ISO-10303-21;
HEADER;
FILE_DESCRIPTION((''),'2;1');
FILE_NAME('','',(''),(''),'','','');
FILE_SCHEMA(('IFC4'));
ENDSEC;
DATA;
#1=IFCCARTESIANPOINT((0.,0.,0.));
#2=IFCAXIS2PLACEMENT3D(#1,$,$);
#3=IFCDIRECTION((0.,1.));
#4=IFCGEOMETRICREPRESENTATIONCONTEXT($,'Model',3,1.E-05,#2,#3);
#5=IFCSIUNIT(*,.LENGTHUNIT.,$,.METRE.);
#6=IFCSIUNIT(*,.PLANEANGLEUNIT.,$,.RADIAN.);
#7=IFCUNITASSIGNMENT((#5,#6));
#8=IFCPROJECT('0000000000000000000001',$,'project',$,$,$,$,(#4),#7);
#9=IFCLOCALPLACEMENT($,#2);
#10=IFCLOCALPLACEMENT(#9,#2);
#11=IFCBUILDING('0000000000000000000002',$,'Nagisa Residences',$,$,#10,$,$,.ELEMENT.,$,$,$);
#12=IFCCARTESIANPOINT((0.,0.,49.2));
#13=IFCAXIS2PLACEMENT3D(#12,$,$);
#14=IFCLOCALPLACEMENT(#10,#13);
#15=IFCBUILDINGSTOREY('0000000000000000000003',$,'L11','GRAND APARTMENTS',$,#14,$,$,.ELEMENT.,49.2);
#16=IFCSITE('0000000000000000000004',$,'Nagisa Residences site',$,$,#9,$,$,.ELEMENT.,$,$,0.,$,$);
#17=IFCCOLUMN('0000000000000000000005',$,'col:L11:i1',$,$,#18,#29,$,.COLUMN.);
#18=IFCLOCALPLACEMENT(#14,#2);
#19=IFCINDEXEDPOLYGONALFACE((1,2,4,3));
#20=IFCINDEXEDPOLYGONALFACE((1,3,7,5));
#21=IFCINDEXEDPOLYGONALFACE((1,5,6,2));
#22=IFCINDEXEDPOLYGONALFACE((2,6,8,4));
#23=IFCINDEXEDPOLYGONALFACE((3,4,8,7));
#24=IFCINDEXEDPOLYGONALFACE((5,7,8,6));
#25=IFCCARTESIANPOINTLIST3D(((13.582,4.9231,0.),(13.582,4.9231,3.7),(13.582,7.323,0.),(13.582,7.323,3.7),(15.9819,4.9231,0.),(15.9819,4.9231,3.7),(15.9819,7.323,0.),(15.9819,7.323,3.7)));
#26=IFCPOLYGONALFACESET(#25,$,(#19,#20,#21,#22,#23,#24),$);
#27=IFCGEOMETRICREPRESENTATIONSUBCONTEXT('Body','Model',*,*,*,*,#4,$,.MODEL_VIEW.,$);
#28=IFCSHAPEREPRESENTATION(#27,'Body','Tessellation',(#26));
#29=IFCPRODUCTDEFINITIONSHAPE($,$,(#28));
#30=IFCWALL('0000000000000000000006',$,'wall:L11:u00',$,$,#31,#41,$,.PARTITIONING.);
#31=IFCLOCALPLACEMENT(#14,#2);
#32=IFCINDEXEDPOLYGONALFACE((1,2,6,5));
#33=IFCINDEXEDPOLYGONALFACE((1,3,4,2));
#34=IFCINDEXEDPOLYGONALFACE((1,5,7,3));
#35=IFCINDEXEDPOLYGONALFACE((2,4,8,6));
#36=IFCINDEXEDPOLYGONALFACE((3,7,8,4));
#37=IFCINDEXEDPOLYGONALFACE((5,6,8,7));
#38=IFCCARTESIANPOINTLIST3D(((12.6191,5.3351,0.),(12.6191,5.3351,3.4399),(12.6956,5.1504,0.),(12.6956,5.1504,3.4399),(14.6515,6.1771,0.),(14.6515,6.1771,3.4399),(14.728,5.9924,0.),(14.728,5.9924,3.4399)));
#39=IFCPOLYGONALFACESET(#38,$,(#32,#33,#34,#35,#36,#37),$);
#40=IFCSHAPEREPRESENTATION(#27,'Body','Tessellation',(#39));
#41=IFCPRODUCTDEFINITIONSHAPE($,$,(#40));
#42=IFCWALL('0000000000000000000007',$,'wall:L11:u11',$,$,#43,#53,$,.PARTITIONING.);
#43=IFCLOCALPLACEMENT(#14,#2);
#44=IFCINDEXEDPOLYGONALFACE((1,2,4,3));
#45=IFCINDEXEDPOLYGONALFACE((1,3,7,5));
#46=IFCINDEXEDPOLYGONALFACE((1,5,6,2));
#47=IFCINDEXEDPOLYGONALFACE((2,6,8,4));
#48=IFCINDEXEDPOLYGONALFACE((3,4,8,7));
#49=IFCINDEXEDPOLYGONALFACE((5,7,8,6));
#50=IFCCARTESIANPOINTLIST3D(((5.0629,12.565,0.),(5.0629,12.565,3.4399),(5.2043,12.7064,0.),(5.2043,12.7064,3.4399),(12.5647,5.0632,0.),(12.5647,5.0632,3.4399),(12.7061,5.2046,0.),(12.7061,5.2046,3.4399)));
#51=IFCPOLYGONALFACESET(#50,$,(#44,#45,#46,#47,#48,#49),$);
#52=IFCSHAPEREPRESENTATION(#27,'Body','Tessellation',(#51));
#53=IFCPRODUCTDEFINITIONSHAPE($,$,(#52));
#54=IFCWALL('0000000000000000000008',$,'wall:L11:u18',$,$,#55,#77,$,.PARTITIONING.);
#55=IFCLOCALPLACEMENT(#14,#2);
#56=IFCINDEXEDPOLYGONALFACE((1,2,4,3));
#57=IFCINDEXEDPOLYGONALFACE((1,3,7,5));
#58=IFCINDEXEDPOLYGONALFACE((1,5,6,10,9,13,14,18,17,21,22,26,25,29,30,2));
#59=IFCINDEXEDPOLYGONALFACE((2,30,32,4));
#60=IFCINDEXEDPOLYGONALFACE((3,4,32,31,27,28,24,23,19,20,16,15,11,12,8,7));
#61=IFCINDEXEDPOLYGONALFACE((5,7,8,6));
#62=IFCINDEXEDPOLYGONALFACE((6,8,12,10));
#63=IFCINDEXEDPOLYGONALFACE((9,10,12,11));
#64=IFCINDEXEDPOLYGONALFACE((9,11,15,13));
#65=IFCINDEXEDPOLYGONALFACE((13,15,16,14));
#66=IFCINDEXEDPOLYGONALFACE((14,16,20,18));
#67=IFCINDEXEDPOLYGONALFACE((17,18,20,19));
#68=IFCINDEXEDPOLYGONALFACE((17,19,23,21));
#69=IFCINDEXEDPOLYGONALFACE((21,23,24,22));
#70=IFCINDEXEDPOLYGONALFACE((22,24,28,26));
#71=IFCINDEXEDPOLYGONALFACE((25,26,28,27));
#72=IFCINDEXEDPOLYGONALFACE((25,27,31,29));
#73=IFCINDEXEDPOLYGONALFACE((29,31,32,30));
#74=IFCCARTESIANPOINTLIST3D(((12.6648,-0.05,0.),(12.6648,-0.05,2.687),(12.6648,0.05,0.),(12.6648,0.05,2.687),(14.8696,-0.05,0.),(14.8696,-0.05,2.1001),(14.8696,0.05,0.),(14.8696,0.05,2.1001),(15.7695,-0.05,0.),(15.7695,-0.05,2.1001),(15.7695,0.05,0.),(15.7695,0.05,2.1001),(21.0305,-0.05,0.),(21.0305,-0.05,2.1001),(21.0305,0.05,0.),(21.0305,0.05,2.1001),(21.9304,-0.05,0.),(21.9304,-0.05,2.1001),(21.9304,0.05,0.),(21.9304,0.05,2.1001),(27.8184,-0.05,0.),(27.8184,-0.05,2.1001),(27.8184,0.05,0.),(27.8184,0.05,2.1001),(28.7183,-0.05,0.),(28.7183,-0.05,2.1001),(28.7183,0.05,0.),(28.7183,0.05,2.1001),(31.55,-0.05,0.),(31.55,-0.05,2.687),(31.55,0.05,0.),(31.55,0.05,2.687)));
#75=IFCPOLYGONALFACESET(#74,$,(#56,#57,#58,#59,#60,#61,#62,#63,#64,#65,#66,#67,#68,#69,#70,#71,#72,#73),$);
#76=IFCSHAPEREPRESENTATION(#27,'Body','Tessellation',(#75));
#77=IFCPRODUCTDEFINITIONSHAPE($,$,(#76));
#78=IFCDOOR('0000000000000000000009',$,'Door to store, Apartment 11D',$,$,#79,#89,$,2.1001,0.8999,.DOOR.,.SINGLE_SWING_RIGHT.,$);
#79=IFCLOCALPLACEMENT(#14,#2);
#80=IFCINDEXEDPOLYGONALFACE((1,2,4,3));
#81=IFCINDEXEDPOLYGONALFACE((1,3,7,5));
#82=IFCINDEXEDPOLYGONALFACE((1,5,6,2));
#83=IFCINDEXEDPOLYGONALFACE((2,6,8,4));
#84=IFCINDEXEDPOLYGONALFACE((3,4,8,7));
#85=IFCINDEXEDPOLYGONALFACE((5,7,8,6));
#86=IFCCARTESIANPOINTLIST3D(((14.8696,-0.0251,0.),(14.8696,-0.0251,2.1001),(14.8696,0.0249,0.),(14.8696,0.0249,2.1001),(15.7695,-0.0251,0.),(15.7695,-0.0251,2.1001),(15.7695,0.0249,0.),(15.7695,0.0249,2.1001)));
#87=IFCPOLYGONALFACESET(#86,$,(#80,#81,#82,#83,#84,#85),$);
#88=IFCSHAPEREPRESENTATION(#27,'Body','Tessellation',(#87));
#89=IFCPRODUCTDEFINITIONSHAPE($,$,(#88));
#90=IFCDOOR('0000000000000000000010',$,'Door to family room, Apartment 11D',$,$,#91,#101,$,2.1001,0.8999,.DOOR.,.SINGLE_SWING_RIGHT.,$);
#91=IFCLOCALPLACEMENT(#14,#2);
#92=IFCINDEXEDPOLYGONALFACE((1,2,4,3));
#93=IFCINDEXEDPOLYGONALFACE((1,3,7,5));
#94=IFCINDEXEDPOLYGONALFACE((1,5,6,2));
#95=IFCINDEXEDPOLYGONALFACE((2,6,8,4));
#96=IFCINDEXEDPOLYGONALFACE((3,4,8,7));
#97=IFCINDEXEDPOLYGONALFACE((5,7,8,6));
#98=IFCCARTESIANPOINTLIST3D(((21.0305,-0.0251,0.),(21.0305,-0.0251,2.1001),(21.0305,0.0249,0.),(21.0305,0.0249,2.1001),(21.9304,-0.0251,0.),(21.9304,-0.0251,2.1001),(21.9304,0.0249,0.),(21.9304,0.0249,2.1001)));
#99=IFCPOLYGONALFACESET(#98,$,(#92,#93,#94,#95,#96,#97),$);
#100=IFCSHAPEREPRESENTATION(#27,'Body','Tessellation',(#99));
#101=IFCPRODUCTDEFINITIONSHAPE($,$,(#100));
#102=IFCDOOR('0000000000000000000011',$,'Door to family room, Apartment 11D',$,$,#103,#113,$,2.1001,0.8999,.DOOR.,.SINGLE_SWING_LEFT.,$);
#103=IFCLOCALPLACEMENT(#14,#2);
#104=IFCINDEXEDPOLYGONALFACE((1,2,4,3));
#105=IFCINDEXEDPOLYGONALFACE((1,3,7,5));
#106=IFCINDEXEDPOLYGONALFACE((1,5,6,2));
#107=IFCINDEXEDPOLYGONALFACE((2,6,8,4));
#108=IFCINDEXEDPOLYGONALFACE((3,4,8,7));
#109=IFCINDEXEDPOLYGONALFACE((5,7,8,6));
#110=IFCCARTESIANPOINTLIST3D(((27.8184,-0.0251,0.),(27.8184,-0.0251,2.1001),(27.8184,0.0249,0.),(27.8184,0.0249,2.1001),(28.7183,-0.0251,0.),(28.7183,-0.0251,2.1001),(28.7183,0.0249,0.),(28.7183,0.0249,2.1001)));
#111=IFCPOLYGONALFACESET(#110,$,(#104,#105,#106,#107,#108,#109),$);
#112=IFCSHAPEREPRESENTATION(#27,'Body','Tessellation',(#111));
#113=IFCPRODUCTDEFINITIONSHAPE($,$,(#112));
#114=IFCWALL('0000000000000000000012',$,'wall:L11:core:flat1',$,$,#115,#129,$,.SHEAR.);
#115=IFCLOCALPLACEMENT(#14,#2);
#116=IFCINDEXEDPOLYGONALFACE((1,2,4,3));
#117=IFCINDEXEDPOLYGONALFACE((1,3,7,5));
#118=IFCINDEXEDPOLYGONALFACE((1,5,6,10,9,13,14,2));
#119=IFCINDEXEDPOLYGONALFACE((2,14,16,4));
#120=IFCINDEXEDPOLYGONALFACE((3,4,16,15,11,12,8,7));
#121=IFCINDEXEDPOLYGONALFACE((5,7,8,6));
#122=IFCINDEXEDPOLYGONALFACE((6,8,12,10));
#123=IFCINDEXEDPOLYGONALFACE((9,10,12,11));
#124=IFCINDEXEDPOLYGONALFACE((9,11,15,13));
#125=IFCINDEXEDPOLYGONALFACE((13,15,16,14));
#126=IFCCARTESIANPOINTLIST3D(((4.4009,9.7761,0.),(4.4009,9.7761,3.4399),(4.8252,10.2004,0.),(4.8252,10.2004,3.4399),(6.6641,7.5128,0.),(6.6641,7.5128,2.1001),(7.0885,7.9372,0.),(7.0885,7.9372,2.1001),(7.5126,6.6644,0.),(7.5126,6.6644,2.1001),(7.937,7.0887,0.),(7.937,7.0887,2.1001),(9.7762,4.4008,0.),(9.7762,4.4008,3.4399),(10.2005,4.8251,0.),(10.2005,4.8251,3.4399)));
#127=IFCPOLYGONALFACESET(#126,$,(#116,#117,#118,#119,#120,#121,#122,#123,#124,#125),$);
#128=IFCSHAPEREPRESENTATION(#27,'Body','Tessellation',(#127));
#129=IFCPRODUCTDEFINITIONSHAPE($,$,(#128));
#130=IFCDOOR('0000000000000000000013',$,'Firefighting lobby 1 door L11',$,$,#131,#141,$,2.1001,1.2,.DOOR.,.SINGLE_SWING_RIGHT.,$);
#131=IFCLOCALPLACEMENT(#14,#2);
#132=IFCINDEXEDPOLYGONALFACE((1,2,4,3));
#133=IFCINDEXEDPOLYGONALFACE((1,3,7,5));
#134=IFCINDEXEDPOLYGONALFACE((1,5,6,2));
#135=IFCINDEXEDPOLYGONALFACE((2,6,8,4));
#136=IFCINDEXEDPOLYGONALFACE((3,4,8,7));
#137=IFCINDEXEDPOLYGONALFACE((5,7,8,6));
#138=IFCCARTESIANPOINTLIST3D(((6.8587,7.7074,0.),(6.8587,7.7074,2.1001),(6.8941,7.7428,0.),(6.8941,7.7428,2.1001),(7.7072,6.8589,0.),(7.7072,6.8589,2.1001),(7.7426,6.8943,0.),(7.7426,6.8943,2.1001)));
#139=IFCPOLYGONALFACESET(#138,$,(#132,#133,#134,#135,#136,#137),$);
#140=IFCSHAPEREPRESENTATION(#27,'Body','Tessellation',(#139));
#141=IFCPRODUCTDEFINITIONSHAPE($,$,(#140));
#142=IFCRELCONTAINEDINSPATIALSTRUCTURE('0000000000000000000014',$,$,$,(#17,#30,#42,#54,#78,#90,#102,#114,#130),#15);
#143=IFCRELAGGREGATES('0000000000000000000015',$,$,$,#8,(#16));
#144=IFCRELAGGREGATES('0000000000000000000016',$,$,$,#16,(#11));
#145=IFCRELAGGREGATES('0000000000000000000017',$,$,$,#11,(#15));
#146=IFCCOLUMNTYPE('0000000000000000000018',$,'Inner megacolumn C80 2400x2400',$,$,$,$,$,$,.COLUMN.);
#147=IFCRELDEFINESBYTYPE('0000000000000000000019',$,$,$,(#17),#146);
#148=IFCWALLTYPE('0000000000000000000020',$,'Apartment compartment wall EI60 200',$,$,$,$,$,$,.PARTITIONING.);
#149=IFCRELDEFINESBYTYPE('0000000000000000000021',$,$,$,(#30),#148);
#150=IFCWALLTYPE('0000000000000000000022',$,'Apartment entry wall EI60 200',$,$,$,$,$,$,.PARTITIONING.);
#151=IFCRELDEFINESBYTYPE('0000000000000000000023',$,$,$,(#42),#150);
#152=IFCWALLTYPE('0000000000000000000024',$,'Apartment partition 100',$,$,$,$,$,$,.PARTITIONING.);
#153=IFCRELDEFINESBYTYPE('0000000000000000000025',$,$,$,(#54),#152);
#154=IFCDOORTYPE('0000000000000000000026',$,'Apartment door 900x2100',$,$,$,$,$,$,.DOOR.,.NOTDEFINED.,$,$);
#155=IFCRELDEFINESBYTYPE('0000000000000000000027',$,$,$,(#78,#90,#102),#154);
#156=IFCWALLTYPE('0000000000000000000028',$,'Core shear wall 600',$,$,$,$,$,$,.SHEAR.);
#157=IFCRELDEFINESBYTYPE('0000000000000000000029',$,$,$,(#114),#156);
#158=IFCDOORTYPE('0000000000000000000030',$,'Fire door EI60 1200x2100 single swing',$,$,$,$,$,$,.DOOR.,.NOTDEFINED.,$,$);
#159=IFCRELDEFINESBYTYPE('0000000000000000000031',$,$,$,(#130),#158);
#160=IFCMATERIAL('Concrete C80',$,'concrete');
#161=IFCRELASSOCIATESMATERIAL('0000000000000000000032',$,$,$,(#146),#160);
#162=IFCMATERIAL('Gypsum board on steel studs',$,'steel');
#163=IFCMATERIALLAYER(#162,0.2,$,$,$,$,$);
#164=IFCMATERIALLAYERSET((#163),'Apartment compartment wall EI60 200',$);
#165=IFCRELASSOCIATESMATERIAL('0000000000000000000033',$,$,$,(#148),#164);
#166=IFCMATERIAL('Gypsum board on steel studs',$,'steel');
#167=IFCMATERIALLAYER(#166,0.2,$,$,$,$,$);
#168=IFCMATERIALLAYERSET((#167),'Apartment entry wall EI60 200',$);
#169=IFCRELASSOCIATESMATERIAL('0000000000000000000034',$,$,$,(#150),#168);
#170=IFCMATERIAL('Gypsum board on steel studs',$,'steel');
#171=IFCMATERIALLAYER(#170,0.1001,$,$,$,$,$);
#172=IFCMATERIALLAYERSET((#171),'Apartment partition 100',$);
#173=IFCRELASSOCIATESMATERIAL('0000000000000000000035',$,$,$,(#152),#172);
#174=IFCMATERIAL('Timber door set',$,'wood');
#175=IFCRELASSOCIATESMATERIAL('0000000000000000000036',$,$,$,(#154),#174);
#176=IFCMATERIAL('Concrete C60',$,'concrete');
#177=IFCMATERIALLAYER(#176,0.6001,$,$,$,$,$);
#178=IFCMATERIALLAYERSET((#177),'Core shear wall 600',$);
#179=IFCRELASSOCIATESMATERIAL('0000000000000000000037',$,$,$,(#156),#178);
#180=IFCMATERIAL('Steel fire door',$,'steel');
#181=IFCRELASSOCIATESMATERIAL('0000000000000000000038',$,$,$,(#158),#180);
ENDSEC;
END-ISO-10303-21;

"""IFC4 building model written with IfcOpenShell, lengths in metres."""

from ifc_helpers import new_model, si_unit, direction, frame, frame_2d, origin, origin_2d, place, context, subcontext, project, spatial, rectangle, extrude, material, layer, layer_set, material_profile, profile_set, type_object, element, fill, save


model = new_model("IFC4")

# Units and contexts
model_context = context("Model", 3, precision=1e-05, world=origin(), true_north=direction((0.0, 1.0)))
body_context = subcontext(model_context, "Body", "Model", "MODEL_VIEW")
ifc_project = project(units=[si_unit("LENGTHUNIT", "METRE"), si_unit("PLANEANGLEUNIT", "RADIAN")], contexts=[model_context])

# Site, building, storey
site_placement = place(None, origin())
site = spatial("IfcSite", under=ifc_project, at=site_placement, Name="Nagisa Residences site", CompositionType="ELEMENT", RefElevation=0.0)
building_placement = place(site_placement, origin())
building = spatial("IfcBuilding", under=site, at=building_placement, Name="Nagisa Residences", CompositionType="ELEMENT")
storey_placement = place(building_placement, frame((0.0, 0.0, 49.2)))
storey = spatial("IfcBuildingStorey", under=building, at=storey_placement, Name="L11", Description="GRAND APARTMENTS", CompositionType="ELEMENT", Elevation=49.2)

# Column
ifc_material_1 = material(Name="Concrete C80", Category="concrete")
ifc_material_profile = material_profile(ifc_material_1, rectangle(XDim=2.3999, YDim=2.3999, at=origin_2d()), Name="C80 2400x2400")
ifc_profile_set = profile_set([ifc_material_profile], Name="Concrete C80")
column_type = type_object("IfcColumnType", Name="Inner megacolumn C80 2400x2400", PredefinedType="COLUMN", material=ifc_profile_set)
column_placement = place(storey_placement, frame((14.782, 6.123, 0.0), z_axis=(0.0, 0.0, 1.0), x_axis=(1.0, 0.0, 0.0)))
element("IfcColumn", 1, at=column_placement, inside=storey, type_object=column_type, Name="col:L11:i1", PredefinedType="COLUMN", context=body_context, shape_type="SweptSolid", body=[
    extrude(rectangle(XDim=2.3999, YDim=2.3999, at=origin_2d()), origin(), (0.0, 0.0, 1.0), 3.7),
])

# Walls
ifc_material_2 = material(Name="Gypsum board on steel studs", Category="steel")
ifc_layer_1 = layer(ifc_material_2, 0.2)
ifc_layer_set_1 = layer_set([ifc_layer_1], Name="Apartment compartment wall EI60 200")
wall_type_1 = type_object("IfcWallType", Name="Apartment compartment wall EI60 200", PredefinedType="PARTITIONING", material=ifc_layer_set_1)
wall_1_placement = place(storey_placement, frame((12.6572, 5.2427, 0.0), z_axis=(0.0, 0.0, 1.0), x_axis=(0.923853, 0.382747, 0.0)))
element("IfcWall", 2, at=wall_1_placement, inside=storey, type_object=wall_type_1, Name="wall:L11:u00", PredefinedType="PARTITIONING", context=body_context, shape_type="SweptSolid", body=[
    extrude(rectangle(XDim=2.2, YDim=0.2, at=frame_2d((1.1001, 0.0))), origin(), (0.0, 0.0, 1.0), 3.4399),
])
ifc_material_3 = material(Name="Gypsum board on steel studs", Category="steel")
ifc_layer_2 = layer(ifc_material_3, 0.2)
ifc_layer_set_2 = layer_set([ifc_layer_2], Name="Apartment entry wall EI60 200")
wall_type_2 = type_object("IfcWallType", Name="Apartment entry wall EI60 200", PredefinedType="PARTITIONING", material=ifc_layer_set_2)
wall_2_placement = place(storey_placement, frame((12.6355, 5.1338, 0.0), z_axis=(0.0, 0.0, 1.0), x_axis=(-0.707107, 0.707107, 0.0)))
element("IfcWall", 3, at=wall_2_placement, inside=storey, type_object=wall_type_2, Name="wall:L11:u11", PredefinedType="PARTITIONING", context=body_context, shape_type="SweptSolid", body=[
    extrude(rectangle(XDim=10.6091, YDim=0.2, at=frame_2d((5.3047, 0.0))), origin(), (0.0, 0.0, 1.0), 3.4399),
])

# Wall, openings, doors
ifc_material_4 = material(Name="Gypsum board on steel studs", Category="steel")
ifc_layer_3 = layer(ifc_material_4, 0.1001)
ifc_layer_set_3 = layer_set([ifc_layer_3], Name="Apartment partition 100")
wall_type_3 = type_object("IfcWallType", Name="Apartment partition 100", PredefinedType="PARTITIONING", material=ifc_layer_set_3)
wall_3_placement = place(storey_placement, frame((12.6648, 0.0, 0.0), z_axis=(0.0, 0.0, 1.0), x_axis=(1.0, 0.0, 0.0)))
wall_3 = element("IfcWall", 4, at=wall_3_placement, inside=storey, type_object=wall_type_3, Name="wall:L11:u18", PredefinedType="PARTITIONING", context=body_context, shape_type="SweptSolid", body=[
    extrude(rectangle(XDim=18.8853, YDim=0.1001, at=frame_2d((9.4426, 0.0))), origin(), (0.0, 0.0, 1.0), 2.687),
])
opening_1_placement = place(wall_3_placement, frame((2.2048, 0.0, 0.0)))
opening_1 = element("IfcOpeningElement", 5, at=opening_1_placement, cuts=wall_3, PredefinedType="OPENING", context=body_context, shape_type="SweptSolid", body=[
    extrude(rectangle(XDim=0.8999, YDim=2.1001, at=frame_2d((0.45, 1.05))), frame((0.0, 0.0601, 0.0), z_axis=(0.0, -1.0, 0.0), x_axis=(1.0, 0.0, 0.0)), (0.0, 0.0, 1.0), 0.1201),
])
opening_2_placement = place(wall_3_placement, frame((8.3657, 0.0, 0.0)))
opening_2 = element("IfcOpeningElement", 6, at=opening_2_placement, cuts=wall_3, PredefinedType="OPENING", context=body_context, shape_type="SweptSolid", body=[
    extrude(rectangle(XDim=0.8999, YDim=2.1001, at=frame_2d((0.45, 1.05))), frame((0.0, 0.0601, 0.0), z_axis=(0.0, -1.0, 0.0), x_axis=(1.0, 0.0, 0.0)), (0.0, 0.0, 1.0), 0.1201),
])
opening_3_placement = place(wall_3_placement, frame((15.1536, 0.0, 0.0)))
opening_3 = element("IfcOpeningElement", 7, at=opening_3_placement, cuts=wall_3, PredefinedType="OPENING", context=body_context, shape_type="SweptSolid", body=[
    extrude(rectangle(XDim=0.8999, YDim=2.1001, at=frame_2d((0.45, 1.05))), frame((0.0, 0.0601, 0.0), z_axis=(0.0, -1.0, 0.0), x_axis=(1.0, 0.0, 0.0)), (0.0, 0.0, 1.0), 0.1201),
])
ifc_material_5 = material(Name="Timber door set", Category="wood")
door_type_1 = type_object("IfcDoorType", Name="Apartment door 900x2100", OperationType="NOTDEFINED", PredefinedType="DOOR", material=ifc_material_5)
door_1_placement = place(opening_1_placement, origin())
door_1 = element("IfcDoor", 8, at=door_1_placement, inside=storey, type_object=door_type_1, Name="Door to store, Apartment 11D", OperationType="SINGLE_SWING_RIGHT", OverallHeight=2.1001, OverallWidth=0.8999, PredefinedType="DOOR", context=body_context, shape_type="SweptSolid", body=[
    extrude(rectangle(XDim=0.8999, YDim=2.1001, at=frame_2d((0.45, 1.05))), frame((0.0, 0.0249, 0.0), z_axis=(0.0, -1.0, 0.0), x_axis=(1.0, 0.0, 0.0)), (0.0, 0.0, 1.0), 0.05),
])
fill(opening_1, door_1)
door_2_placement = place(opening_2_placement, origin())
door_2 = element("IfcDoor", 9, at=door_2_placement, inside=storey, type_object=door_type_1, Name="Door to family room, Apartment 11D", OperationType="SINGLE_SWING_RIGHT", OverallHeight=2.1001, OverallWidth=0.8999, PredefinedType="DOOR", context=body_context, shape_type="SweptSolid", body=[
    extrude(rectangle(XDim=0.8999, YDim=2.1001, at=frame_2d((0.45, 1.05))), frame((0.0, 0.0249, 0.0), z_axis=(0.0, -1.0, 0.0), x_axis=(1.0, 0.0, 0.0)), (0.0, 0.0, 1.0), 0.05),
])
fill(opening_2, door_2)
door_3_placement = place(opening_3_placement, origin())
door_3 = element("IfcDoor", 10, at=door_3_placement, inside=storey, type_object=door_type_1, Name="Door to family room, Apartment 11D", OperationType="SINGLE_SWING_LEFT", OverallHeight=2.1001, OverallWidth=0.8999, PredefinedType="DOOR", context=body_context, shape_type="SweptSolid", body=[
    extrude(rectangle(XDim=0.8999, YDim=2.1001, at=frame_2d((0.45, 1.05))), frame((0.0, 0.0249, 0.0), z_axis=(0.0, -1.0, 0.0), x_axis=(1.0, 0.0, 0.0)), (0.0, 0.0, 1.0), 0.05),
])
fill(opening_3, door_3)

# Wall, opening, door
ifc_material_6 = material(Name="Concrete C60", Category="concrete")
ifc_layer_4 = layer(ifc_material_6, 0.6001)
ifc_layer_set_4 = layer_set([ifc_layer_4], Name="Core shear wall 600")
wall_type_4 = type_object("IfcWallType", Name="Core shear wall 600", PredefinedType="SHEAR", material=ifc_layer_set_4)
wall_4_placement = place(storey_placement, frame((9.9883, 4.613, 0.0), z_axis=(0.0, 0.0, 1.0), x_axis=(-0.707107, 0.707107, 0.0)))
wall_4 = element("IfcWall", 11, at=wall_4_placement, inside=storey, type_object=wall_type_4, Name="wall:L11:core:flat1", PredefinedType="SHEAR", context=body_context, shape_type="SweptSolid", body=[
    extrude(rectangle(XDim=7.6018, YDim=0.6001, at=frame_2d((3.8008, 0.0))), origin(), (0.0, 0.0, 1.0), 3.4399),
])
opening_4_placement = place(wall_4_placement, frame((3.2009, 0.0, 0.0)))
opening_4 = element("IfcOpeningElement", 12, at=opening_4_placement, cuts=wall_4, PredefinedType="OPENING", context=body_context, shape_type="SweptSolid", body=[
    extrude(rectangle(XDim=1.2, YDim=2.1001, at=frame_2d((0.6001, 1.05))), frame((0.0, 0.3101, 0.0), z_axis=(0.0, -1.0, 0.0), x_axis=(1.0, 0.0, 0.0)), (0.0, 0.0, 1.0), 0.6201),
])
ifc_material_7 = material(Name="Steel fire door", Category="steel")
door_type_2 = type_object("IfcDoorType", Name="Fire door EI60 1200x2100 single swing", OperationType="NOTDEFINED", PredefinedType="DOOR", material=ifc_material_7)
door_4_placement = place(opening_4_placement, origin())
door_4 = element("IfcDoor", 13, at=door_4_placement, inside=storey, type_object=door_type_2, Name="Firefighting lobby 1 door L11", OperationType="SINGLE_SWING_RIGHT", OverallHeight=2.1001, OverallWidth=1.2, PredefinedType="DOOR", context=body_context, shape_type="SweptSolid", body=[
    extrude(rectangle(XDim=1.2, YDim=2.1001, at=frame_2d((0.6001, 1.05))), frame((0.0, 0.0249, 0.0), z_axis=(0.0, -1.0, 0.0), x_axis=(1.0, 0.0, 0.0)), (0.0, 0.0, 1.0), 0.05),
])
fill(opening_4, door_4)

save(model, "model.ifc")
